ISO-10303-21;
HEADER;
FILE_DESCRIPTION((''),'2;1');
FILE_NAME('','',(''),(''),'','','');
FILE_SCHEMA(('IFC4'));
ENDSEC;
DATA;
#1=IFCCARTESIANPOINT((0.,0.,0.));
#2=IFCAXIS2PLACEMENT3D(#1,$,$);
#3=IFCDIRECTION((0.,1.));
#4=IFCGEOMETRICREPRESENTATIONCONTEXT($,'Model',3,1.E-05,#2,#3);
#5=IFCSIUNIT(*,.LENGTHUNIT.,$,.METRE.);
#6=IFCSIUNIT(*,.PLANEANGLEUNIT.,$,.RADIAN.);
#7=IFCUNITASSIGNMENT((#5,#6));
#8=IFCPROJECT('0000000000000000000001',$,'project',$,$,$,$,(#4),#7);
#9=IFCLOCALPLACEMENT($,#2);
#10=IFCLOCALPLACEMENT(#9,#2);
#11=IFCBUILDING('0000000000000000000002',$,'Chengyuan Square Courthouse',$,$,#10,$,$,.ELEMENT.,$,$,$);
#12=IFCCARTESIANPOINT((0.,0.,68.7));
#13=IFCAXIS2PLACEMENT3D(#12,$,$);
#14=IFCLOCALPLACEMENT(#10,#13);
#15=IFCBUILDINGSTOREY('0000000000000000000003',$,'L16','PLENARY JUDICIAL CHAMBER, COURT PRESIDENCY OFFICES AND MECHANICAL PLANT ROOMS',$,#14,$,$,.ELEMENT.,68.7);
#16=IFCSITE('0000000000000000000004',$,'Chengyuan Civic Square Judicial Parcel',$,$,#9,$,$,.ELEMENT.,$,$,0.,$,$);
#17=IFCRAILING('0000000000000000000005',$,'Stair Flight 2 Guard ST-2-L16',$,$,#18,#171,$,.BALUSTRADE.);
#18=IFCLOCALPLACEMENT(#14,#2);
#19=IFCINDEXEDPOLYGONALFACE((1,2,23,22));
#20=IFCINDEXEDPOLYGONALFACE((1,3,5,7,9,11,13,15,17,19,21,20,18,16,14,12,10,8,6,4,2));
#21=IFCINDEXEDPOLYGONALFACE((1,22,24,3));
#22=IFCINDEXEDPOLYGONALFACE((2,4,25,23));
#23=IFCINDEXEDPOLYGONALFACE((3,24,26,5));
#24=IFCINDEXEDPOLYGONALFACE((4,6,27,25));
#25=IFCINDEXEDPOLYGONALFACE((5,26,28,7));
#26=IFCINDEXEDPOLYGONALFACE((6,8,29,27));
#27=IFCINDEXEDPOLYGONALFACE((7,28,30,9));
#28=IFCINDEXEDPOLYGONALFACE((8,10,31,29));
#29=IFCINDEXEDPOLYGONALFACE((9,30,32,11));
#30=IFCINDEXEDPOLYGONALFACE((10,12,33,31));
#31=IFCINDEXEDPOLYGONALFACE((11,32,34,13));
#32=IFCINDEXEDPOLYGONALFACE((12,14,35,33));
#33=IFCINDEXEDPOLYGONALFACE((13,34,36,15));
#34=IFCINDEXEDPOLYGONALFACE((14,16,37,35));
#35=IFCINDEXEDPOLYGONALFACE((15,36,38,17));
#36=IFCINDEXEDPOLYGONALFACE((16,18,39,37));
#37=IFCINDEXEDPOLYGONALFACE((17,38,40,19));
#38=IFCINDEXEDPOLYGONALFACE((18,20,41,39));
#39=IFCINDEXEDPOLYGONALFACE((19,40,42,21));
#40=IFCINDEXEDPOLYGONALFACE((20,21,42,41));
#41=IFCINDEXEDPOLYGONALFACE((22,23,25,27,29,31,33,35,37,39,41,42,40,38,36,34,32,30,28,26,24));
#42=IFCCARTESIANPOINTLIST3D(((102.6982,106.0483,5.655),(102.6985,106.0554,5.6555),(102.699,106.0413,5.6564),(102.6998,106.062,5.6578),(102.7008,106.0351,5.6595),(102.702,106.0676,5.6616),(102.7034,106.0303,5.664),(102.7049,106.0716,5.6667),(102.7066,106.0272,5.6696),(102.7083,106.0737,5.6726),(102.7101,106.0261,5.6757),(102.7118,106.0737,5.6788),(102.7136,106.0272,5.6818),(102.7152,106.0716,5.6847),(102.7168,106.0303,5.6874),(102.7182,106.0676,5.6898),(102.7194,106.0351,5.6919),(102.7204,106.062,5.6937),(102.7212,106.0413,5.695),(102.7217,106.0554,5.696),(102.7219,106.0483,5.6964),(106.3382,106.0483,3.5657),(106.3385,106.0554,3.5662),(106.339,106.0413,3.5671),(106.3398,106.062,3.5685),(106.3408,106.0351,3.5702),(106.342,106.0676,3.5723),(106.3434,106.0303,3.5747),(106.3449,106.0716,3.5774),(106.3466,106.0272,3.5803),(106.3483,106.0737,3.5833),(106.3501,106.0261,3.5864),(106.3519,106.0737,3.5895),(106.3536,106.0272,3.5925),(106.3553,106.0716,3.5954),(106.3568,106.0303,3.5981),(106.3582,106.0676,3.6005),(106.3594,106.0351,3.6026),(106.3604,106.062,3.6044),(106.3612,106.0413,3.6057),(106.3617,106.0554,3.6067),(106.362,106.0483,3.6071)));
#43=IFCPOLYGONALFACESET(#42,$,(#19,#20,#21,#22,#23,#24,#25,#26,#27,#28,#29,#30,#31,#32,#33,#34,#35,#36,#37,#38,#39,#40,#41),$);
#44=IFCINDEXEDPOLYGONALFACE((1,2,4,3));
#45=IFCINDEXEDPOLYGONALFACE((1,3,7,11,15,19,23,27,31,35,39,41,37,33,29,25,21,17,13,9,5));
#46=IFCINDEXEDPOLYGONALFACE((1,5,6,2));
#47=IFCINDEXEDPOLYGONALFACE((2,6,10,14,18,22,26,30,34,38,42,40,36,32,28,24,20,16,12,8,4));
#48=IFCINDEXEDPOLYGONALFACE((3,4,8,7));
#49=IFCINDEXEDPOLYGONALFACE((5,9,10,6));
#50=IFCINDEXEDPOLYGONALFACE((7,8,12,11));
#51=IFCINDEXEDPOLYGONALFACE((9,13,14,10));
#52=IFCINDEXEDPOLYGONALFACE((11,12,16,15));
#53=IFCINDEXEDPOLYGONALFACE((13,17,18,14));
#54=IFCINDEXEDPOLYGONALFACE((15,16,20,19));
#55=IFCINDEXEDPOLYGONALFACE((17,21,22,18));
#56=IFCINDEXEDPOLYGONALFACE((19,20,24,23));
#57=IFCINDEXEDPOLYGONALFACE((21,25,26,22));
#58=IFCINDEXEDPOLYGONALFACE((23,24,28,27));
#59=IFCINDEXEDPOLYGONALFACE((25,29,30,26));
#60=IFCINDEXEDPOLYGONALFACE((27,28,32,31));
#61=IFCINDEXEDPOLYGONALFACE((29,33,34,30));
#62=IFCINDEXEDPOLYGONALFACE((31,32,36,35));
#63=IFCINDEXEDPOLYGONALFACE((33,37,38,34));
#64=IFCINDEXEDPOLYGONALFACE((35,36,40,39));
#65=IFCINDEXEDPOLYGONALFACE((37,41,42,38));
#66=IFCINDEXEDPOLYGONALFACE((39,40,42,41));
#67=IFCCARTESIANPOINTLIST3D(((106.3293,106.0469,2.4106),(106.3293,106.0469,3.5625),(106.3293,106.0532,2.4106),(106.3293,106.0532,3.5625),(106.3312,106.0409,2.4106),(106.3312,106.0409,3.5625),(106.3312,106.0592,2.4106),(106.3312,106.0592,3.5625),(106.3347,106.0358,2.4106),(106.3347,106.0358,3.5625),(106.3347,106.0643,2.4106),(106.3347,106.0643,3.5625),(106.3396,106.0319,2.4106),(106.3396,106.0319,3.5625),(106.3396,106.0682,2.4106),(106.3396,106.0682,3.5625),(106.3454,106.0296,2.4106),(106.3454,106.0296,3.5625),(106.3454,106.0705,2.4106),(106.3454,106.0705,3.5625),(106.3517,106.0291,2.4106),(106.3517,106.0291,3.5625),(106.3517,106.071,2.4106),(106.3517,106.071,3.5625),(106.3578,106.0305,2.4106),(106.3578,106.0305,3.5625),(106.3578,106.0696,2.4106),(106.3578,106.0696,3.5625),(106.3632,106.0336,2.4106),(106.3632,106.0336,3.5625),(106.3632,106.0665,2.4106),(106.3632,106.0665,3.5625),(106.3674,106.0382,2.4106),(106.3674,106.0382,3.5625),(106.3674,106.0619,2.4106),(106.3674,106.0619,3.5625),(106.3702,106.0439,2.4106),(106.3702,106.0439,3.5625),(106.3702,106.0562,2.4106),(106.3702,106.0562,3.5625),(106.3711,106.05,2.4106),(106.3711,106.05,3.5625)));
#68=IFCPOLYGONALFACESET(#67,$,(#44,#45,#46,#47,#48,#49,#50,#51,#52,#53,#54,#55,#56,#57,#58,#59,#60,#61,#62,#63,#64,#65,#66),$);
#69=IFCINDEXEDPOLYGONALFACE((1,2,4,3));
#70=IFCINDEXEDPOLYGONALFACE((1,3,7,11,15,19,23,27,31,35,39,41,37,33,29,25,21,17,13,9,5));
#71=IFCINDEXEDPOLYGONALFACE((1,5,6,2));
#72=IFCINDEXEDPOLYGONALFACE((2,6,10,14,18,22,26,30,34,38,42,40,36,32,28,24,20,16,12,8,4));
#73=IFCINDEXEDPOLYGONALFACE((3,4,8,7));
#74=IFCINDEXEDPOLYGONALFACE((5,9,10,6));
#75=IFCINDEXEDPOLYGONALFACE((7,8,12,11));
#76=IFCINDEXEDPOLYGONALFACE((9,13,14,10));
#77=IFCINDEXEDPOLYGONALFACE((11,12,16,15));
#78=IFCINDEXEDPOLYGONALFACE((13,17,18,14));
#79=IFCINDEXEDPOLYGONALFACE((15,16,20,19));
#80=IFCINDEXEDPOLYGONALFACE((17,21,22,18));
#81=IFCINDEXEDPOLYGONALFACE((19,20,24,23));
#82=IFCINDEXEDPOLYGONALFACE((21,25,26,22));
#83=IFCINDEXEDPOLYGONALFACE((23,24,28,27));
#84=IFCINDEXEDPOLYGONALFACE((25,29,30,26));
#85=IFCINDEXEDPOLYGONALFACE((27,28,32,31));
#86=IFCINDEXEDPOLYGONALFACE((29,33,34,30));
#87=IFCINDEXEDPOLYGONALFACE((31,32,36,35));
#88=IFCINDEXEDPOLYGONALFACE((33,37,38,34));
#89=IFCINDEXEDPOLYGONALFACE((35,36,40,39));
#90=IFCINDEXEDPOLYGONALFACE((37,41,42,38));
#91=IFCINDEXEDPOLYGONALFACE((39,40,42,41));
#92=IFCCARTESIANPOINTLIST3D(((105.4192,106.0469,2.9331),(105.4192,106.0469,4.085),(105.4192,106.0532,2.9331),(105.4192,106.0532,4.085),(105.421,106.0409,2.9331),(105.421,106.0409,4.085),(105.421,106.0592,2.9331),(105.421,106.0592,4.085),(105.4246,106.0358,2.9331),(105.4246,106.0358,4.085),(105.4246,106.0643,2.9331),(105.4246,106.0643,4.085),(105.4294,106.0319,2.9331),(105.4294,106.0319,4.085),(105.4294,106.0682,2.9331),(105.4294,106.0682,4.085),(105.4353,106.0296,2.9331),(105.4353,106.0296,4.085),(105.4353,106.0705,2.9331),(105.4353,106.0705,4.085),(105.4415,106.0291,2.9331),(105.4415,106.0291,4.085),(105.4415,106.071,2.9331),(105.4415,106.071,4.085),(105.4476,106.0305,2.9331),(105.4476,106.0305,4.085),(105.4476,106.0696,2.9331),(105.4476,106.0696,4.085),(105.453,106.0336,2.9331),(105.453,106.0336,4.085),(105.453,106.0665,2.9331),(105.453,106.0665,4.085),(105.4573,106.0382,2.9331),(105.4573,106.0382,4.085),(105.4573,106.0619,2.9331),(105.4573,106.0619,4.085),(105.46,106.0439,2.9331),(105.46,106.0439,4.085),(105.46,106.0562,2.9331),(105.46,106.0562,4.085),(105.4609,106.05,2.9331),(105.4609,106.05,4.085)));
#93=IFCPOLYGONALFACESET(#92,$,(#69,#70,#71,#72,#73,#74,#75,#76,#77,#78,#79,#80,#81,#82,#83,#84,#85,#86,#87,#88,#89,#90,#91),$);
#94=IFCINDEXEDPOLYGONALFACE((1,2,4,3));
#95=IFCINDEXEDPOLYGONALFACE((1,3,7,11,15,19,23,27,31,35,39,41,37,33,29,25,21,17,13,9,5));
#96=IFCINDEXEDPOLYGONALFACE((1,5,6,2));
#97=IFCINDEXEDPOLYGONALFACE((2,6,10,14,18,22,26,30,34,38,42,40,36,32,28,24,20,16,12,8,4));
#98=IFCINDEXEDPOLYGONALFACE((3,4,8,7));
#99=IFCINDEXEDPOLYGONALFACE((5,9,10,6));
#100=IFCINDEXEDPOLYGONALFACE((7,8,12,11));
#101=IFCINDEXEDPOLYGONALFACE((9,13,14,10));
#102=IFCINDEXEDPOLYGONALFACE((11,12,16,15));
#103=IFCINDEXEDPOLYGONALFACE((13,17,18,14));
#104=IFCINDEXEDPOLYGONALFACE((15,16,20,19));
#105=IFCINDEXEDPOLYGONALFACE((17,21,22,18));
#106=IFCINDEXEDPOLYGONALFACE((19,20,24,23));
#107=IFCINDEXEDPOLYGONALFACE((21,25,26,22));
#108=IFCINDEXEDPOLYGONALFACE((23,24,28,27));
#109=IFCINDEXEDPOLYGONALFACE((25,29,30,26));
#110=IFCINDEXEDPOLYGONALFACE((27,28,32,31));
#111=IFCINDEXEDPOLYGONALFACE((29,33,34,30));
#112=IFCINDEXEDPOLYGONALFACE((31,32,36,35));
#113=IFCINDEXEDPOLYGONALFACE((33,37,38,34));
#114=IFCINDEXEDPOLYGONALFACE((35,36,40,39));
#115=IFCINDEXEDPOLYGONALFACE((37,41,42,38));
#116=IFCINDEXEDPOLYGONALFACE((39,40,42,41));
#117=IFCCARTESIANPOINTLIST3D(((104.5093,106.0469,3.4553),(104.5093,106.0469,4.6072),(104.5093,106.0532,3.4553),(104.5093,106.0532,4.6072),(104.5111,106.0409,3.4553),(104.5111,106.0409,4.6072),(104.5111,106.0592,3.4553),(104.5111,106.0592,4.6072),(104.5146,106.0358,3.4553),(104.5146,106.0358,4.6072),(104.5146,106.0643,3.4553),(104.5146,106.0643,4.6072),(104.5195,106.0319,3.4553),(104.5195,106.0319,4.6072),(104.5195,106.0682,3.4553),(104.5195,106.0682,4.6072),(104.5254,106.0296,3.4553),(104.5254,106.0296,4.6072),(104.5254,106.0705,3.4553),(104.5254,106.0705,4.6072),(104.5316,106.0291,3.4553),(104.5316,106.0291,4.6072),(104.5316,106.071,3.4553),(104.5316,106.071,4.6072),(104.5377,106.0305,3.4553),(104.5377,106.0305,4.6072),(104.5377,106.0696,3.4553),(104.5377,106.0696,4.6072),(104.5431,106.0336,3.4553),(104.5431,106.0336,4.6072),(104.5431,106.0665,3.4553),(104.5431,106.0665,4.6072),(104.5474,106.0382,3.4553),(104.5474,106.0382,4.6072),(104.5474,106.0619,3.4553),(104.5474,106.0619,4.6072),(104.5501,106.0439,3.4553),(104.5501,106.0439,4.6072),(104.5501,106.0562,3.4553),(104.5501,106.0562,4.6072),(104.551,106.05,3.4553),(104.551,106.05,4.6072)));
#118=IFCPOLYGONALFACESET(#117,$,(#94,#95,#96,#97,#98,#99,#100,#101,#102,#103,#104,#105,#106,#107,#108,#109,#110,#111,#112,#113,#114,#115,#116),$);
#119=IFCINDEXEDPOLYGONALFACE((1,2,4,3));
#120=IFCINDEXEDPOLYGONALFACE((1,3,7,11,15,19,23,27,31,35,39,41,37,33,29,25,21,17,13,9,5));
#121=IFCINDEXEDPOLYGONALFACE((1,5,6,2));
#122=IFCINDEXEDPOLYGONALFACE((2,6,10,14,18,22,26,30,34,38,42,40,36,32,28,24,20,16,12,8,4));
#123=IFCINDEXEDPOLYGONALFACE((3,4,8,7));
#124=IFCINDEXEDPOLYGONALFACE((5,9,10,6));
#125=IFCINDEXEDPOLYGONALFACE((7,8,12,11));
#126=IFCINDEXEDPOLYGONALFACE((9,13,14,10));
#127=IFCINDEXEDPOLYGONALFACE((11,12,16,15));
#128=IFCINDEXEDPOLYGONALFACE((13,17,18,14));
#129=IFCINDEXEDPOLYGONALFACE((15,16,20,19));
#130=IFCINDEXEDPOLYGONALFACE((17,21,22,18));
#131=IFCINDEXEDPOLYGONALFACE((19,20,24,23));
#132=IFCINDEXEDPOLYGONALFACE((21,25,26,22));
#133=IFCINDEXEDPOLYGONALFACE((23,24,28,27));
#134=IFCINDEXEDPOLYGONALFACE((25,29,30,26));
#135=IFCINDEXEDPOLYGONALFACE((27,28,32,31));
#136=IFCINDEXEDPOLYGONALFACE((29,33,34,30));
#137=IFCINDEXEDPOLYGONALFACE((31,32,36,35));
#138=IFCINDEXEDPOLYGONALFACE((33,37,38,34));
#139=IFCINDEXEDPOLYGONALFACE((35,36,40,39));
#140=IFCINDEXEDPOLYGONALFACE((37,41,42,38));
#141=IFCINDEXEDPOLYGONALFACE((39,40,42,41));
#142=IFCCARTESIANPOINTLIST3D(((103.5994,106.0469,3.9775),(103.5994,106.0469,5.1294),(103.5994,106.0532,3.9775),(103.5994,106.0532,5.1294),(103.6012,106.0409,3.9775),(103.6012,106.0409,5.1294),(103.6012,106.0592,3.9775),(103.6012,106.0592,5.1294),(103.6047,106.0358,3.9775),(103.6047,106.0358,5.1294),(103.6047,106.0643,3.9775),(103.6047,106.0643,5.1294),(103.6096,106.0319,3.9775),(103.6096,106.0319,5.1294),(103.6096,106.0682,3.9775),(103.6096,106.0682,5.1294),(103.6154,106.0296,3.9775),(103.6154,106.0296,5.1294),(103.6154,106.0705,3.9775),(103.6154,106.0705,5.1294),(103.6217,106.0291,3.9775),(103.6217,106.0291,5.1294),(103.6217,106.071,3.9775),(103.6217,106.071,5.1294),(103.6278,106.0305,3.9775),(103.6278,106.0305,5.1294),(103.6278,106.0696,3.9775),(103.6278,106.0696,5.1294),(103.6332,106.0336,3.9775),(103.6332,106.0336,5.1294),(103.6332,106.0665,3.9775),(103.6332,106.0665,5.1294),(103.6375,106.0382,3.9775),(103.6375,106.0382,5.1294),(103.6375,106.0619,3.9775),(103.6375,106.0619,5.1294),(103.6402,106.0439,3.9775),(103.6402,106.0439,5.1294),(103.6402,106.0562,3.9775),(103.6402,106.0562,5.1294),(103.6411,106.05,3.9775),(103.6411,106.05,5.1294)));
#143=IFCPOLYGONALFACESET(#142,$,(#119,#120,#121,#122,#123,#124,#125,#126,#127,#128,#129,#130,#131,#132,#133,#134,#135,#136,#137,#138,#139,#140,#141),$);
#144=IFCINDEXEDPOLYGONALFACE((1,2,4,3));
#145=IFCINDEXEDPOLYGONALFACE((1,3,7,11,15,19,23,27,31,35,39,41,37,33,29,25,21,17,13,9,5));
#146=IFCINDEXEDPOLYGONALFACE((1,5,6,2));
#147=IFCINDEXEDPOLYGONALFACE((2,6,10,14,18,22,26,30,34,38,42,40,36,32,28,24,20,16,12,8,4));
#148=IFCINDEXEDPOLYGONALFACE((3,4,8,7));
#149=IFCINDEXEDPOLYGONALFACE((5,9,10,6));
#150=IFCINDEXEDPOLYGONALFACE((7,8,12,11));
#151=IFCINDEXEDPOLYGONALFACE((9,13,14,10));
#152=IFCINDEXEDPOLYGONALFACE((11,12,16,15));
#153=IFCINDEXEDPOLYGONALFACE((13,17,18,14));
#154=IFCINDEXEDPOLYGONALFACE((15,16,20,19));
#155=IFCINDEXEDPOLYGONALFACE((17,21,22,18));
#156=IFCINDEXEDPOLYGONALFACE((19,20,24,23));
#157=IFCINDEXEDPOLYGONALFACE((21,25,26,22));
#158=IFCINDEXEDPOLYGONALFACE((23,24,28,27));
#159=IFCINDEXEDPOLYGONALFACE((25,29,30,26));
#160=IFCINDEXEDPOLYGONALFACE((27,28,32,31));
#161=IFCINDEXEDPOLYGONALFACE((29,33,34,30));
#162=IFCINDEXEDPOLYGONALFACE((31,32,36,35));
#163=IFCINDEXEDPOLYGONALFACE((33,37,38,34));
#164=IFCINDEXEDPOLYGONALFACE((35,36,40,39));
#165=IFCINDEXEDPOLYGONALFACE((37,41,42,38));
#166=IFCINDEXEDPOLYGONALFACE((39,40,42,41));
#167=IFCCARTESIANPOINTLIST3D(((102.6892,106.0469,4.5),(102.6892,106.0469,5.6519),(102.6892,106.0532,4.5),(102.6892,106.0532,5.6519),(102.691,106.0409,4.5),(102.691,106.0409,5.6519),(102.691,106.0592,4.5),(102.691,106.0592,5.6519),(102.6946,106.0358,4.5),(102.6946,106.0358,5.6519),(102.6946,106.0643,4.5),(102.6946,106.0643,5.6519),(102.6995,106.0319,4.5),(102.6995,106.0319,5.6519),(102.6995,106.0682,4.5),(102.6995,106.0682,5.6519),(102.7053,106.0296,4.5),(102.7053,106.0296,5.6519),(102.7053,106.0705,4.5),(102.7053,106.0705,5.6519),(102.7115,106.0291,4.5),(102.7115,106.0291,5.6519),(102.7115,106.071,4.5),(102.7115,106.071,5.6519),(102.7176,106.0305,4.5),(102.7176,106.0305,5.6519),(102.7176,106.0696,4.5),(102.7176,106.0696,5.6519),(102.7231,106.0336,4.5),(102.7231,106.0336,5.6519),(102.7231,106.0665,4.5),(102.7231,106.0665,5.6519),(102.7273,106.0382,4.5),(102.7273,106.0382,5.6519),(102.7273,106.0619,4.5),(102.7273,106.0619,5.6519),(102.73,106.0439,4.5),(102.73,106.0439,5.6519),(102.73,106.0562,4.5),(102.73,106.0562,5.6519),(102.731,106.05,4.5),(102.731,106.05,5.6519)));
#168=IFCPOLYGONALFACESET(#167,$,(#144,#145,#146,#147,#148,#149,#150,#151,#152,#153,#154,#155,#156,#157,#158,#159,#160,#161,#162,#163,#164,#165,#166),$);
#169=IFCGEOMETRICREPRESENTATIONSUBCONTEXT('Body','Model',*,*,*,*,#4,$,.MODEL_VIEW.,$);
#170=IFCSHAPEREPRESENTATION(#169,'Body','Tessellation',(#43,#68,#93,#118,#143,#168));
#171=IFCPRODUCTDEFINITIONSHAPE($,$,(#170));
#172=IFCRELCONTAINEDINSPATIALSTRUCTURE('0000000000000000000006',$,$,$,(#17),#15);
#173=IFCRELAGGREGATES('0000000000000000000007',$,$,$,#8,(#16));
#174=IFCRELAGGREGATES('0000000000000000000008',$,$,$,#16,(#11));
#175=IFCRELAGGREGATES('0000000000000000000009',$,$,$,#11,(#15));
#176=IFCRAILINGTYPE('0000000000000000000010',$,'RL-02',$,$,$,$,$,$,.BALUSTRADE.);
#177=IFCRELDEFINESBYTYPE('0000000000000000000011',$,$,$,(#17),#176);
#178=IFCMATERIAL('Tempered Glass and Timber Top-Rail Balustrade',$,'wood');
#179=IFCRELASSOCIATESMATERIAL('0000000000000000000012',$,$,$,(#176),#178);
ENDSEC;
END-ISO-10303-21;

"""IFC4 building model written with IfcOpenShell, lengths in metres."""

from ifc_helpers import new_model, si_unit, direction, frame, origin, origin_2d, place, context, subcontext, project, spatial, circle, extrude, material, type_object, element, save


model = new_model("IFC4")

# Units and contexts
model_context = context("Model", 3, precision=1e-05, world=origin(), true_north=direction((0.0, 1.0)))
body_context = subcontext(model_context, "Body", "Model", "MODEL_VIEW")
ifc_project = project(units=[si_unit("LENGTHUNIT", "METRE"), si_unit("PLANEANGLEUNIT", "RADIAN")], contexts=[model_context])

# Site, building, storey
site_placement = place(None, origin())
site = spatial("IfcSite", under=ifc_project, at=site_placement, Name="Chengyuan Civic Square Judicial Parcel", CompositionType="ELEMENT", RefElevation=0.0)
building_placement = place(site_placement, origin())
building = spatial("IfcBuilding", under=site, at=building_placement, Name="Chengyuan Square Courthouse", CompositionType="ELEMENT")
storey_placement = place(building_placement, frame((0.0, 0.0, 68.7)))
storey = spatial("IfcBuildingStorey", under=building, at=storey_placement, Name="L16", Description="PLENARY JUDICIAL CHAMBER, COURT PRESIDENCY OFFICES AND MECHANICAL PLANT ROOMS", CompositionType="ELEMENT", Elevation=68.7)

# Railing
ifc_material_1 = material(Name="Tempered Glass and Timber Top-Rail Balustrade", Category="wood")
railing_type_1 = type_object("IfcRailingType", Name="RL-02", PredefinedType="BALUSTRADE", material=ifc_material_1)
railing_1_placement = place(storey_placement, frame((106.3501, 106.05, 2.4106)))
element("IfcRailing", 1, at=railing_1_placement, inside=storey, type_object=railing_type_1, Name="Stair Flight 2 Guard ST-2-L16", PredefinedType="BALUSTRADE", context=body_context, shape_type="SweptSolid", body=[
    extrude(circle(Radius=0.0239, at=origin_2d()), frame((0.0, 0.0, 1.1758), z_axis=(-0.867289, 0.0, 0.497804), x_axis=(0.0, -1.0, 0.0)), (0.0, 0.0, 1.0), 4.197),
    extrude(circle(Radius=0.021, at=origin_2d()), origin(), (0.0, 0.0, 1.0), 1.1519),
    extrude(circle(Radius=0.021, at=origin_2d()), frame((-0.9102, 0.0, 0.5225)), (0.0, 0.0, 1.0), 1.1519),
    extrude(circle(Radius=0.021, at=origin_2d()), frame((-1.8201, 0.0, 1.0447)), (0.0, 0.0, 1.0), 1.1519),
    extrude(circle(Radius=0.021, at=origin_2d()), frame((-2.73, 0.0, 1.5669)), (0.0, 0.0, 1.0), 1.1519),
    extrude(circle(Radius=0.021, at=origin_2d()), frame((-3.6401, 0.0, 2.0894)), (0.0, 0.0, 1.0), 1.1519),
])

save(model, "model.ifc")
